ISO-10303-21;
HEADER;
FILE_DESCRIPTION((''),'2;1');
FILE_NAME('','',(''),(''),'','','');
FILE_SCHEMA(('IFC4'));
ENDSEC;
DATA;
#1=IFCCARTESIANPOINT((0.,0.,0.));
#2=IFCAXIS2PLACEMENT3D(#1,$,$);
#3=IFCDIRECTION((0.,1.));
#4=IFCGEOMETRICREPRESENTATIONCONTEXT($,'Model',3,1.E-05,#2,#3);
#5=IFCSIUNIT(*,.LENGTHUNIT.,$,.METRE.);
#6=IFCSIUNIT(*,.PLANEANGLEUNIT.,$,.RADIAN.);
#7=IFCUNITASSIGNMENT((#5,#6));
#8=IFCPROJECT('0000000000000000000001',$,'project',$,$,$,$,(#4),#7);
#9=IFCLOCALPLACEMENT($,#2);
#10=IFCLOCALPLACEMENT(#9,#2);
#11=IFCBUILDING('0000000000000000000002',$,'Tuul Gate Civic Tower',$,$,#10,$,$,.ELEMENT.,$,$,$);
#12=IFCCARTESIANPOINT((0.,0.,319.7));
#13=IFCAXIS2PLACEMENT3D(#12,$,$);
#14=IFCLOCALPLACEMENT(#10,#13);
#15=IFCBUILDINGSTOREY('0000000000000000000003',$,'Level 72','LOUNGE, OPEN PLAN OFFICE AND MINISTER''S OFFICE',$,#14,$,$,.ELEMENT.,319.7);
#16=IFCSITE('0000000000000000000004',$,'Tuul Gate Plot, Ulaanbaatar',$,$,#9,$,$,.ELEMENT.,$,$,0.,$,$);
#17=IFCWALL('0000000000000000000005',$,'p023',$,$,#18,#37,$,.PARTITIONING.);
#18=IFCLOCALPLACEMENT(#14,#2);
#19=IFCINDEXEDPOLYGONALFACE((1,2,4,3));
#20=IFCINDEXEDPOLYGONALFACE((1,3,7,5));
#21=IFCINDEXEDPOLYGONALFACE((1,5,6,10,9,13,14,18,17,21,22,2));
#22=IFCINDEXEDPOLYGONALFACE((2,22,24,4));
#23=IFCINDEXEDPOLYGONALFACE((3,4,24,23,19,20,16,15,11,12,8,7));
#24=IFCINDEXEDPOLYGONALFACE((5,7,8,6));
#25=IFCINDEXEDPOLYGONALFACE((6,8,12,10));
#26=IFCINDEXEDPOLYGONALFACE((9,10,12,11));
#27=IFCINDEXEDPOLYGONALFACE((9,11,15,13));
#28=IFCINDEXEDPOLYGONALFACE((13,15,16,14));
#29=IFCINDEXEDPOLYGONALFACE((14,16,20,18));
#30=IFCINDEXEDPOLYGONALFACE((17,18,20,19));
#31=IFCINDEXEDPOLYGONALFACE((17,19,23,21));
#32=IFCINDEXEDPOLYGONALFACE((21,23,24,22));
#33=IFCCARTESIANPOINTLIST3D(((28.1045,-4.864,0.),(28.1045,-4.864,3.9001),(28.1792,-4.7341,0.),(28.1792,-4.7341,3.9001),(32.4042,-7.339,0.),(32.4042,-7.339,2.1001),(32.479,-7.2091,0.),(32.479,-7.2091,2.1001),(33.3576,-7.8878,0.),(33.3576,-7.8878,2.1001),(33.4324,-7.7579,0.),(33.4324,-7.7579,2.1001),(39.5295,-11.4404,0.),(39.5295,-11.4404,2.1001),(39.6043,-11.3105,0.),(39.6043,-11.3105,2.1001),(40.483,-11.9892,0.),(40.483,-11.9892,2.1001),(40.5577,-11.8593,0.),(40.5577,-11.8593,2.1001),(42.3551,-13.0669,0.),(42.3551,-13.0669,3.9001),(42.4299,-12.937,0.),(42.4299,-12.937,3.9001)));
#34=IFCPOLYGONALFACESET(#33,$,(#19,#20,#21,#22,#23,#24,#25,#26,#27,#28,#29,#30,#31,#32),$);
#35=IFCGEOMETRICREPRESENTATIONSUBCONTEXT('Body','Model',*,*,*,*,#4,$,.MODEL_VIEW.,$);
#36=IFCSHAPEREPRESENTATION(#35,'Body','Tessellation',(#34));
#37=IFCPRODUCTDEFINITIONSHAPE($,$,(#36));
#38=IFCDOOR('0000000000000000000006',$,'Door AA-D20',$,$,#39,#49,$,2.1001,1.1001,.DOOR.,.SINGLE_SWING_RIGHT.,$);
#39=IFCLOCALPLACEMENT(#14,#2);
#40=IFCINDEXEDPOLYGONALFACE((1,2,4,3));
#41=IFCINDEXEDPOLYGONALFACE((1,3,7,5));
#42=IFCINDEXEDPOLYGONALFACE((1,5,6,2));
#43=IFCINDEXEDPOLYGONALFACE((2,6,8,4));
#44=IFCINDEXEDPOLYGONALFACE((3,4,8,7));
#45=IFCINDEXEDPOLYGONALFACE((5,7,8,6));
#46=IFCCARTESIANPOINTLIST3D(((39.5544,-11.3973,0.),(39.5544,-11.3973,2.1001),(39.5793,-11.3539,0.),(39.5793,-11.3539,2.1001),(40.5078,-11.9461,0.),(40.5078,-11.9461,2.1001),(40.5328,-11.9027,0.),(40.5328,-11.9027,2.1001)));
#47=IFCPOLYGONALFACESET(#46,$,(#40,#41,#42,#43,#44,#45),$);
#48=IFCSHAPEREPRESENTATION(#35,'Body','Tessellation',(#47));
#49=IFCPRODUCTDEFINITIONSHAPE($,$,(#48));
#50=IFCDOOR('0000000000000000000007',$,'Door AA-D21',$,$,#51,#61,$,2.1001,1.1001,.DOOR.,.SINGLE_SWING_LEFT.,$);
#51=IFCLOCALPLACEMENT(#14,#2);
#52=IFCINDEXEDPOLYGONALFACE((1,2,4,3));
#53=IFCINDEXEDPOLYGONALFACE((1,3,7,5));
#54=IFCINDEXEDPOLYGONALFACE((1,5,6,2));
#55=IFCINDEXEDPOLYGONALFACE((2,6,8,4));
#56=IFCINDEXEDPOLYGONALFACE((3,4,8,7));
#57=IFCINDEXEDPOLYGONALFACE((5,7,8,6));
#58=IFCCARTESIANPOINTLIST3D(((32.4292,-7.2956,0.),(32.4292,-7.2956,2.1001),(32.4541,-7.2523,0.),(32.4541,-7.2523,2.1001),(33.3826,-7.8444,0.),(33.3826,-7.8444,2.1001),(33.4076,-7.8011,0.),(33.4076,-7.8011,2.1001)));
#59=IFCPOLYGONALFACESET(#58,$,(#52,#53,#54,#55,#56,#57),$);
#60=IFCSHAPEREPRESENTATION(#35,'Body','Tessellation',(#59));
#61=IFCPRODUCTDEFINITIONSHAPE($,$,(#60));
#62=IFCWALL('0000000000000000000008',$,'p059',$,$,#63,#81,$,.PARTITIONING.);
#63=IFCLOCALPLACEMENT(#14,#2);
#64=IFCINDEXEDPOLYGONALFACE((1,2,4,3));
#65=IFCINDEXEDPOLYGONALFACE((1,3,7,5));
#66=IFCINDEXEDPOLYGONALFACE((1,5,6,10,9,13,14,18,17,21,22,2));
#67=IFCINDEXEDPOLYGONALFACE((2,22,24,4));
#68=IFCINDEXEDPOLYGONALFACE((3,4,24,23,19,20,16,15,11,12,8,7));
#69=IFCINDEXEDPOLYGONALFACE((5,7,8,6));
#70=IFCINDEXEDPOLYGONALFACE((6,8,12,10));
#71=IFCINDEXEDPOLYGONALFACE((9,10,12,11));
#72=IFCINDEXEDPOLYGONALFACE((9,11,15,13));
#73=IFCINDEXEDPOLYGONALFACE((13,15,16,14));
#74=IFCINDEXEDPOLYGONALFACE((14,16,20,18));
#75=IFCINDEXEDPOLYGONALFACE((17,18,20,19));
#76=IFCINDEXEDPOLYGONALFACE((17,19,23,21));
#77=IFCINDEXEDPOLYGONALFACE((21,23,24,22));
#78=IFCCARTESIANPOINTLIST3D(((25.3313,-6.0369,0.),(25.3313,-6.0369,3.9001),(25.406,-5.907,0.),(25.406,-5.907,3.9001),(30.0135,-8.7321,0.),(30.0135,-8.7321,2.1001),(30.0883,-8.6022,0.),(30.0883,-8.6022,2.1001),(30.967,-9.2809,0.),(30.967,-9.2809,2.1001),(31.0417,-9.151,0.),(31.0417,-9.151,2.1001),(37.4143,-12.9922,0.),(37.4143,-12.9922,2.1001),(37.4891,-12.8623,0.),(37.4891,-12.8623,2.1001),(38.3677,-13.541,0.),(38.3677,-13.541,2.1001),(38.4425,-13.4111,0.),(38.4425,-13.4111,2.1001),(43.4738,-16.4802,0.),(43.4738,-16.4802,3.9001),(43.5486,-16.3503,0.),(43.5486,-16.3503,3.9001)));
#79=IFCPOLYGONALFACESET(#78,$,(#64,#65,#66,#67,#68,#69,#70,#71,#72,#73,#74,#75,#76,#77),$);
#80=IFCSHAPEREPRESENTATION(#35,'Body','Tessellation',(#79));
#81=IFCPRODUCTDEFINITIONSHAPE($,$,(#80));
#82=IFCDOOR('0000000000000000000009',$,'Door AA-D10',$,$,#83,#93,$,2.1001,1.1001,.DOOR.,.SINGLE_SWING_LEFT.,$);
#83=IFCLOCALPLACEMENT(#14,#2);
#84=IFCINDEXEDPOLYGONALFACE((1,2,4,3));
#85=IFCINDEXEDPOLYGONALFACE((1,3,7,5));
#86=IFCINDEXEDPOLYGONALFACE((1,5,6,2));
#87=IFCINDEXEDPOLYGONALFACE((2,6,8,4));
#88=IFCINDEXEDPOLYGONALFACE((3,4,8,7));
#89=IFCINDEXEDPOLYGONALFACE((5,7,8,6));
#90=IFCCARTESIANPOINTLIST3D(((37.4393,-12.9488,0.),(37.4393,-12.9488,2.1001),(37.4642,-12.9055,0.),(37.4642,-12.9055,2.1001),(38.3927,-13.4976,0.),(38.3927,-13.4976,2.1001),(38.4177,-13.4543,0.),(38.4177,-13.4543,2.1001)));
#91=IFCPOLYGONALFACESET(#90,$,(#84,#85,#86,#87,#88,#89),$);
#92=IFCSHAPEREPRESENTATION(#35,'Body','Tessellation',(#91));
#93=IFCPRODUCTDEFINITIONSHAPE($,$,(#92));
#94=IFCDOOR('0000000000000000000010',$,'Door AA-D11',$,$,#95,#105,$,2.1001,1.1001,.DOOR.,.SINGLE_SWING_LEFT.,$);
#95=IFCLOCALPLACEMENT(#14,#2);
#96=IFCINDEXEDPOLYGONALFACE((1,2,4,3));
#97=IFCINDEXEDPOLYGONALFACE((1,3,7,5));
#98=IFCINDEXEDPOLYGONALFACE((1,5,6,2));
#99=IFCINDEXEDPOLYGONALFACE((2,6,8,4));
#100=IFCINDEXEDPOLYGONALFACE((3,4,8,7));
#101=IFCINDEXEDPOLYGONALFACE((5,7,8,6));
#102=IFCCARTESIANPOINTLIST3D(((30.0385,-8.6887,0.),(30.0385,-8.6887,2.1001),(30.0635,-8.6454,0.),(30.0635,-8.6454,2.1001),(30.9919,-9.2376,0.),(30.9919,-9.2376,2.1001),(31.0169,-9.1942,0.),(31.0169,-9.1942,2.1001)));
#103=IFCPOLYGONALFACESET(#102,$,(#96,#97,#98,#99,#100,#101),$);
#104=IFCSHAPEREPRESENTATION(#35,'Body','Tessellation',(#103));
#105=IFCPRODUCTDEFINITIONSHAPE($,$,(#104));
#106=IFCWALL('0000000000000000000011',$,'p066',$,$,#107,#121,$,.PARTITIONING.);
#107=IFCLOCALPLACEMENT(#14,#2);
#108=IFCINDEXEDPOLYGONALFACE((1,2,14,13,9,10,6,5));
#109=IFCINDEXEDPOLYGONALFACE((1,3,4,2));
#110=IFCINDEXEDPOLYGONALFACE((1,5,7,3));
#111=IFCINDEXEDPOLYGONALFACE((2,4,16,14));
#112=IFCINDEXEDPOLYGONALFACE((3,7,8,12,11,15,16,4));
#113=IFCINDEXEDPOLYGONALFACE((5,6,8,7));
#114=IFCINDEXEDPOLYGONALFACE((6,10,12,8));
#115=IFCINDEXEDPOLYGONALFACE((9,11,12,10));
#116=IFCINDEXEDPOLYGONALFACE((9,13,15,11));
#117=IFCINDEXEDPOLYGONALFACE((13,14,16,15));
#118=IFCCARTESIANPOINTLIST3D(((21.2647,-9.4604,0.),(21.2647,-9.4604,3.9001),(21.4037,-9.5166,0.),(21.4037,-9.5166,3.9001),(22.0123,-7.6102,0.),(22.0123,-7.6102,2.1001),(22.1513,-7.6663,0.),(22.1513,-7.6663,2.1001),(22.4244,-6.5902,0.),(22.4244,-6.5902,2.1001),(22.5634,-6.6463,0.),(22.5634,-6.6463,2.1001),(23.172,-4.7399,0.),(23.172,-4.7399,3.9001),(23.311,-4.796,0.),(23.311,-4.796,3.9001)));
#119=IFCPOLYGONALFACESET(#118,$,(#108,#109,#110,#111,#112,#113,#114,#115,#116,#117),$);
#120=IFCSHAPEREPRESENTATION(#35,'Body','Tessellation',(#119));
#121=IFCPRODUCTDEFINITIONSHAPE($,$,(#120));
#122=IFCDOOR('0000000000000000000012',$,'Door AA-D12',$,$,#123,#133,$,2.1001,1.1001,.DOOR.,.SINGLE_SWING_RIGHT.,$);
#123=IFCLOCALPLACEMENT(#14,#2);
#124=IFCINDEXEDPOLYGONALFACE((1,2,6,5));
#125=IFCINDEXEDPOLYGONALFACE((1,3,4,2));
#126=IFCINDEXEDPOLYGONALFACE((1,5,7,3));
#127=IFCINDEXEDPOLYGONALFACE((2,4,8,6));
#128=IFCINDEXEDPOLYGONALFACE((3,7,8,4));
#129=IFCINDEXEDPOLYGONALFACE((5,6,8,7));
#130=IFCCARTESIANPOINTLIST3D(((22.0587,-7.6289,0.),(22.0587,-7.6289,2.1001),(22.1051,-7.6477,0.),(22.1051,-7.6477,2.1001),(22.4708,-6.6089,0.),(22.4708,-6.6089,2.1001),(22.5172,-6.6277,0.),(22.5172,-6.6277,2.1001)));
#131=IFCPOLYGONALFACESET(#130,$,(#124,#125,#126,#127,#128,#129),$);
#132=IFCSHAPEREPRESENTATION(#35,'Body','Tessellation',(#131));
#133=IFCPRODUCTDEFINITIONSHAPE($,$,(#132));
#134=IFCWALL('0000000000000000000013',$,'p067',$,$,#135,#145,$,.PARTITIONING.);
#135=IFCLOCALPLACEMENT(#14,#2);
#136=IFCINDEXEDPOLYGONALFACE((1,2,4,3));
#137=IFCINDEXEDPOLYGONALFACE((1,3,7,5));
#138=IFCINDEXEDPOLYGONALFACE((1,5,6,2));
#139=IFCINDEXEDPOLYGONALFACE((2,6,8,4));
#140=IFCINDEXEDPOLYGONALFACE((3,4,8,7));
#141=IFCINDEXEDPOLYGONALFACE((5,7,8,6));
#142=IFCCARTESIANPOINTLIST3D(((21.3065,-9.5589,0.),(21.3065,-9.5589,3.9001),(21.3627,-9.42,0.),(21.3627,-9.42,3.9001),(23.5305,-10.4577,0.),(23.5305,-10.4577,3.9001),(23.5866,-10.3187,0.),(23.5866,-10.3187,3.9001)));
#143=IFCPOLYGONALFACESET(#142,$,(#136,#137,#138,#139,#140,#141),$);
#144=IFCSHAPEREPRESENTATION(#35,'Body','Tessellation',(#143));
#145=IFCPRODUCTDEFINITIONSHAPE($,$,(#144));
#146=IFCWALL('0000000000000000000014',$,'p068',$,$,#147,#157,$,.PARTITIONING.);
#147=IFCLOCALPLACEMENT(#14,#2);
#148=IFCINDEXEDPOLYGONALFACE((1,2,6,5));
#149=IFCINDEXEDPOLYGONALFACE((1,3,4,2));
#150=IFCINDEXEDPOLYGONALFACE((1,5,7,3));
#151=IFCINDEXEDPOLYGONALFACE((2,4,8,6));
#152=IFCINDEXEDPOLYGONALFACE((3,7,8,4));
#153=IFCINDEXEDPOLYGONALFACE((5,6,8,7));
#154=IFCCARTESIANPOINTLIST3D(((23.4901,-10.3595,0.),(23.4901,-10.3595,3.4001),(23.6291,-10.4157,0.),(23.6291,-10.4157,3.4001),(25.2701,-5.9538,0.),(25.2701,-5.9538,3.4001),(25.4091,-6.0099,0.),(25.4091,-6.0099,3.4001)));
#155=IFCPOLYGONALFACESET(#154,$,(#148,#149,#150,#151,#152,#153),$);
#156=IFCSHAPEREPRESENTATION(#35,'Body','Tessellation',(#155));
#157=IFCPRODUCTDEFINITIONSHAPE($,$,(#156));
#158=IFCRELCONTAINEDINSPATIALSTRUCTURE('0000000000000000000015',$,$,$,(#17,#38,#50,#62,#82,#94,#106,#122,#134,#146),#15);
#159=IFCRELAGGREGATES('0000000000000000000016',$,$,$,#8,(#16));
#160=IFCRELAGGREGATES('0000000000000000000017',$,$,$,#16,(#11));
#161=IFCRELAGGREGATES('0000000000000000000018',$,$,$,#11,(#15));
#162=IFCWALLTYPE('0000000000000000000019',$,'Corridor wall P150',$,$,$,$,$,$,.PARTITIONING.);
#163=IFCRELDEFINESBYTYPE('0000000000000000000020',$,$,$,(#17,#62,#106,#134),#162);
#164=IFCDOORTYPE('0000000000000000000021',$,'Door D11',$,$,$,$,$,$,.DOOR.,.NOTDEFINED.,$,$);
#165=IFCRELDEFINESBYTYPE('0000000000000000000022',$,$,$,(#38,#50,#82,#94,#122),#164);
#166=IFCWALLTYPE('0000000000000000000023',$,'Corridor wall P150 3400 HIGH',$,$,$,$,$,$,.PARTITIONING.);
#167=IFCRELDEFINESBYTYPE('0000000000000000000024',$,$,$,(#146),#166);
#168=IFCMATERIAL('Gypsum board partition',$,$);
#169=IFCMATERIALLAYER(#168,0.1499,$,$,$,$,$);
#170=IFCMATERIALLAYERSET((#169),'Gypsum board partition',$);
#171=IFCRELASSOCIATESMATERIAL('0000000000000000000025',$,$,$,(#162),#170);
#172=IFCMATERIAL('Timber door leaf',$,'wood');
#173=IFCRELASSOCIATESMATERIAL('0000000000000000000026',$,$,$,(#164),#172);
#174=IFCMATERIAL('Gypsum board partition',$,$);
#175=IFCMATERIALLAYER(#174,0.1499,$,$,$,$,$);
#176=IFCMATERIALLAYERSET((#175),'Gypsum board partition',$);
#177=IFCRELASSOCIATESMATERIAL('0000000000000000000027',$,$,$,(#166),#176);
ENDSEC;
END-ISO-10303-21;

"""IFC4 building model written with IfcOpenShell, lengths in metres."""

from ifc_helpers import new_model, si_unit, direction, frame, frame_2d, origin, place, context, subcontext, project, spatial, rectangle, extrude, material, layer, layer_set, type_object, element, fill, save


model = new_model("IFC4")

# Units and contexts
model_context = context("Model", 3, precision=1e-05, world=origin(), true_north=direction((0.0, 1.0)))
body_context = subcontext(model_context, "Body", "Model", "MODEL_VIEW")
ifc_project = project(units=[si_unit("LENGTHUNIT", "METRE"), si_unit("PLANEANGLEUNIT", "RADIAN")], contexts=[model_context])

# Site, building, storey
site_placement = place(None, origin())
site = spatial("IfcSite", under=ifc_project, at=site_placement, Name="Tuul Gate Plot, Ulaanbaatar", CompositionType="ELEMENT", RefElevation=0.0)
building_placement = place(site_placement, origin())
building = spatial("IfcBuilding", under=site, at=building_placement, Name="Tuul Gate Civic Tower", CompositionType="ELEMENT")
storey_placement = place(building_placement, frame((0.0, 0.0, 319.7)))
storey = spatial("IfcBuildingStorey", under=building, at=storey_placement, Name="Level 72", Description="LOUNGE, OPEN PLAN OFFICE AND MINISTER'S OFFICE", CompositionType="ELEMENT", Elevation=319.7)

# Walls, openings, doors
ifc_material_1 = material(Name="Gypsum board partition")
ifc_layer_1 = layer(ifc_material_1, 0.1499)
ifc_layer_set_1 = layer_set([ifc_layer_1], Name="Gypsum board partition")
wall_type_1 = type_object("IfcWallType", Name="Corridor wall P150", PredefinedType="PARTITIONING", material=ifc_layer_set_1)
wall_1_placement = place(storey_placement, frame((28.1418, -4.7991, 0.0), z_axis=(0.0, 0.0, 1.0), x_axis=(0.866677, -0.498869, 0.0)))
wall_1 = element("IfcWall", 1, at=wall_1_placement, inside=storey, type_object=wall_type_1, Name="p023", PredefinedType="PARTITIONING", context=body_context, shape_type="SweptSolid", body=[
    extrude(rectangle(XDim=16.4429, YDim=0.1499, at=frame_2d((8.2214, 0.0))), origin(), (0.0, 0.0, 1.0), 3.9001),
])
opening_1_placement = place(wall_1_placement, frame((13.1826, 0.0, 0.0)))
opening_1 = element("IfcOpeningElement", 2, at=opening_1_placement, cuts=wall_1, PredefinedType="OPENING", context=body_context, shape_type="SweptSolid", body=[
    extrude(rectangle(XDim=1.1001, YDim=2.1001, at=frame_2d((0.55, 1.05))), frame((0.0, 0.085, 0.0), z_axis=(0.0, -1.0, 0.0), x_axis=(1.0, 0.0, 0.0)), (0.0, 0.0, 1.0), 0.1699),
])
opening_2_placement = place(wall_1_placement, frame((4.9612, 0.0, 0.0)))
opening_2 = element("IfcOpeningElement", 3, at=opening_2_placement, cuts=wall_1, PredefinedType="OPENING", context=body_context, shape_type="SweptSolid", body=[
    extrude(rectangle(XDim=1.1001, YDim=2.1001, at=frame_2d((0.55, 1.05))), frame((0.0, 0.085, 0.0), z_axis=(0.0, -1.0, 0.0), x_axis=(1.0, 0.0, 0.0)), (0.0, 0.0, 1.0), 0.1699),
])
ifc_material_2 = material(Name="Timber door leaf", Category="wood")
door_type_1 = type_object("IfcDoorType", Name="Door D11", OperationType="NOTDEFINED", PredefinedType="DOOR", material=ifc_material_2)
door_1_placement = place(opening_1_placement, origin())
door_1 = element("IfcDoor", 4, at=door_1_placement, inside=storey, type_object=door_type_1, Name="Door AA-D20", OperationType="SINGLE_SWING_RIGHT", OverallHeight=2.1001, OverallWidth=1.1001, PredefinedType="DOOR", context=body_context, shape_type="SweptSolid", body=[
    extrude(rectangle(XDim=1.1001, YDim=2.1001, at=frame_2d((0.55, 1.05))), frame((0.0, 0.0249, 0.0), z_axis=(0.0, -1.0, 0.0), x_axis=(1.0, 0.0, 0.0)), (0.0, 0.0, 1.0), 0.05),
])
fill(opening_1, door_1)
door_2_placement = place(opening_2_placement, frame((1.1001, 0.0, 0.0), z_axis=(0.0, 0.0, 1.0), x_axis=(-1.0, 0.0, 0.0)))
door_2 = element("IfcDoor", 5, at=door_2_placement, inside=storey, type_object=door_type_1, Name="Door AA-D21", OperationType="SINGLE_SWING_LEFT", OverallHeight=2.1001, OverallWidth=1.1001, PredefinedType="DOOR", context=body_context, shape_type="SweptSolid", body=[
    extrude(rectangle(XDim=1.1001, YDim=2.1001, at=frame_2d((0.55, 1.05))), frame((0.0, 0.0249, 0.0), z_axis=(0.0, -1.0, 0.0), x_axis=(1.0, 0.0, 0.0)), (0.0, 0.0, 1.0), 0.05),
])
fill(opening_2, door_2)
wall_2_placement = place(storey_placement, frame((25.3687, -5.9719, 0.0), z_axis=(0.0, 0.0, 1.0), x_axis=(0.866671, -0.49888, 0.0)))
wall_2 = element("IfcWall", 6, at=wall_2_placement, inside=storey, type_object=wall_type_1, Name="p059", PredefinedType="PARTITIONING", context=body_context, shape_type="SweptSolid", body=[
    extrude(rectangle(XDim=20.9336, YDim=0.1499, at=frame_2d((10.4668, 0.0))), origin(), (0.0, 0.0, 1.0), 3.9001),
])
opening_3_placement = place(wall_2_placement, frame((13.9419, 0.0, 0.0)))
opening_3 = element("IfcOpeningElement", 7, at=opening_3_placement, cuts=wall_2, PredefinedType="OPENING", context=body_context, shape_type="SweptSolid", body=[
    extrude(rectangle(XDim=1.1001, YDim=2.1001, at=frame_2d((0.55, 1.05))), frame((0.0, 0.085, 0.0), z_axis=(0.0, -1.0, 0.0), x_axis=(1.0, 0.0, 0.0)), (0.0, 0.0, 1.0), 0.1699),
])
opening_4_placement = place(wall_2_placement, frame((5.4026, 0.0, 0.0)))
opening_4 = element("IfcOpeningElement", 8, at=opening_4_placement, cuts=wall_2, PredefinedType="OPENING", context=body_context, shape_type="SweptSolid", body=[
    extrude(rectangle(XDim=1.1001, YDim=2.1001, at=frame_2d((0.55, 1.05))), frame((0.0, 0.085, 0.0), z_axis=(0.0, -1.0, 0.0), x_axis=(1.0, 0.0, 0.0)), (0.0, 0.0, 1.0), 0.1699),
])
door_3_placement = place(opening_3_placement, frame((1.1001, 0.0, 0.0), z_axis=(0.0, 0.0, 1.0), x_axis=(-1.0, 0.0, 0.0)))
door_3 = element("IfcDoor", 9, at=door_3_placement, inside=storey, type_object=door_type_1, Name="Door AA-D10", OperationType="SINGLE_SWING_LEFT", OverallHeight=2.1001, OverallWidth=1.1001, PredefinedType="DOOR", context=body_context, shape_type="SweptSolid", body=[
    extrude(rectangle(XDim=1.1001, YDim=2.1001, at=frame_2d((0.55, 1.05))), frame((0.0, 0.0249, 0.0), z_axis=(0.0, -1.0, 0.0), x_axis=(1.0, 0.0, 0.0)), (0.0, 0.0, 1.0), 0.05),
])
fill(opening_3, door_3)
door_4_placement = place(opening_4_placement, frame((1.1001, 0.0, 0.0), z_axis=(0.0, 0.0, 1.0), x_axis=(-1.0, 0.0, 0.0)))
door_4 = element("IfcDoor", 10, at=door_4_placement, inside=storey, type_object=door_type_1, Name="Door AA-D11", OperationType="SINGLE_SWING_LEFT", OverallHeight=2.1001, OverallWidth=1.1001, PredefinedType="DOOR", context=body_context, shape_type="SweptSolid", body=[
    extrude(rectangle(XDim=1.1001, YDim=2.1001, at=frame_2d((0.55, 1.05))), frame((0.0, 0.0249, 0.0), z_axis=(0.0, -1.0, 0.0), x_axis=(1.0, 0.0, 0.0)), (0.0, 0.0, 1.0), 0.05),
])
fill(opening_4, door_4)

# Wall, opening, door
wall_3_placement = place(storey_placement, frame((21.3342, -9.4885, 0.0), z_axis=(0.0, 0.0, 1.0), x_axis=(0.374613, 0.927181, 0.0)))
wall_3 = element("IfcWall", 11, at=wall_3_placement, inside=storey, type_object=wall_type_1, Name="p066", PredefinedType="PARTITIONING", context=body_context, shape_type="SweptSolid", body=[
    extrude(rectangle(XDim=5.0913, YDim=0.1499, at=frame_2d((2.5457, 0.0))), origin(), (0.0, 0.0, 1.0), 3.9001),
])
opening_5_placement = place(wall_3_placement, frame((1.9956, 0.0, 0.0)))
opening_5 = element("IfcOpeningElement", 12, at=opening_5_placement, cuts=wall_3, PredefinedType="OPENING", context=body_context, shape_type="SweptSolid", body=[
    extrude(rectangle(XDim=1.1001, YDim=2.1001, at=frame_2d((0.55, 1.05))), frame((0.0, 0.085, 0.0), z_axis=(0.0, -1.0, 0.0), x_axis=(1.0, 0.0, 0.0)), (0.0, 0.0, 1.0), 0.1699),
])
door_5_placement = place(opening_5_placement, origin())
door_5 = element("IfcDoor", 13, at=door_5_placement, inside=storey, type_object=door_type_1, Name="Door AA-D12", OperationType="SINGLE_SWING_RIGHT", OverallHeight=2.1001, OverallWidth=1.1001, PredefinedType="DOOR", context=body_context, shape_type="SweptSolid", body=[
    extrude(rectangle(XDim=1.1001, YDim=2.1001, at=frame_2d((0.55, 1.05))), frame((0.0, 0.0249, 0.0), z_axis=(0.0, -1.0, 0.0), x_axis=(1.0, 0.0, 0.0)), (0.0, 0.0, 1.0), 0.05),
])
fill(opening_5, door_5)

# Walls
wall_4_placement = place(storey_placement, frame((21.3347, -9.4895, 0.0), z_axis=(0.0, 0.0, 1.0), x_axis=(0.927158, -0.37467, 0.0)))
element("IfcWall", 14, at=wall_4_placement, inside=storey, type_object=wall_type_1, Name="p067", PredefinedType="PARTITIONING", context=body_context, shape_type="SweptSolid", body=[
    extrude(rectangle(XDim=2.3987, YDim=0.1499, at=frame_2d((1.1992, 0.0))), origin(), (0.0, 0.0, 1.0), 3.9001),
])
ifc_material_3 = material(Name="Gypsum board partition")
ifc_layer_2 = layer(ifc_material_3, 0.1499)
ifc_layer_set_2 = layer_set([ifc_layer_2], Name="Gypsum board partition")
wall_type_2 = type_object("IfcWallType", Name="Corridor wall P150 3400 HIGH", PredefinedType="PARTITIONING", material=ifc_layer_set_2)
wall_5_placement = place(storey_placement, frame((23.5596, -10.3877, 0.0), z_axis=(0.0, 0.0, 1.0), x_axis=(0.374604, 0.927185, 0.0)))
element("IfcWall", 15, at=wall_5_placement, inside=storey, type_object=wall_type_2, Name="p068", PredefinedType="PARTITIONING", context=body_context, shape_type="SweptSolid", body=[
    extrude(rectangle(XDim=4.7517, YDim=0.1499, at=frame_2d((2.376, 0.0))), origin(), (0.0, 0.0, 1.0), 3.4001),
])

save(model, "model.ifc")
